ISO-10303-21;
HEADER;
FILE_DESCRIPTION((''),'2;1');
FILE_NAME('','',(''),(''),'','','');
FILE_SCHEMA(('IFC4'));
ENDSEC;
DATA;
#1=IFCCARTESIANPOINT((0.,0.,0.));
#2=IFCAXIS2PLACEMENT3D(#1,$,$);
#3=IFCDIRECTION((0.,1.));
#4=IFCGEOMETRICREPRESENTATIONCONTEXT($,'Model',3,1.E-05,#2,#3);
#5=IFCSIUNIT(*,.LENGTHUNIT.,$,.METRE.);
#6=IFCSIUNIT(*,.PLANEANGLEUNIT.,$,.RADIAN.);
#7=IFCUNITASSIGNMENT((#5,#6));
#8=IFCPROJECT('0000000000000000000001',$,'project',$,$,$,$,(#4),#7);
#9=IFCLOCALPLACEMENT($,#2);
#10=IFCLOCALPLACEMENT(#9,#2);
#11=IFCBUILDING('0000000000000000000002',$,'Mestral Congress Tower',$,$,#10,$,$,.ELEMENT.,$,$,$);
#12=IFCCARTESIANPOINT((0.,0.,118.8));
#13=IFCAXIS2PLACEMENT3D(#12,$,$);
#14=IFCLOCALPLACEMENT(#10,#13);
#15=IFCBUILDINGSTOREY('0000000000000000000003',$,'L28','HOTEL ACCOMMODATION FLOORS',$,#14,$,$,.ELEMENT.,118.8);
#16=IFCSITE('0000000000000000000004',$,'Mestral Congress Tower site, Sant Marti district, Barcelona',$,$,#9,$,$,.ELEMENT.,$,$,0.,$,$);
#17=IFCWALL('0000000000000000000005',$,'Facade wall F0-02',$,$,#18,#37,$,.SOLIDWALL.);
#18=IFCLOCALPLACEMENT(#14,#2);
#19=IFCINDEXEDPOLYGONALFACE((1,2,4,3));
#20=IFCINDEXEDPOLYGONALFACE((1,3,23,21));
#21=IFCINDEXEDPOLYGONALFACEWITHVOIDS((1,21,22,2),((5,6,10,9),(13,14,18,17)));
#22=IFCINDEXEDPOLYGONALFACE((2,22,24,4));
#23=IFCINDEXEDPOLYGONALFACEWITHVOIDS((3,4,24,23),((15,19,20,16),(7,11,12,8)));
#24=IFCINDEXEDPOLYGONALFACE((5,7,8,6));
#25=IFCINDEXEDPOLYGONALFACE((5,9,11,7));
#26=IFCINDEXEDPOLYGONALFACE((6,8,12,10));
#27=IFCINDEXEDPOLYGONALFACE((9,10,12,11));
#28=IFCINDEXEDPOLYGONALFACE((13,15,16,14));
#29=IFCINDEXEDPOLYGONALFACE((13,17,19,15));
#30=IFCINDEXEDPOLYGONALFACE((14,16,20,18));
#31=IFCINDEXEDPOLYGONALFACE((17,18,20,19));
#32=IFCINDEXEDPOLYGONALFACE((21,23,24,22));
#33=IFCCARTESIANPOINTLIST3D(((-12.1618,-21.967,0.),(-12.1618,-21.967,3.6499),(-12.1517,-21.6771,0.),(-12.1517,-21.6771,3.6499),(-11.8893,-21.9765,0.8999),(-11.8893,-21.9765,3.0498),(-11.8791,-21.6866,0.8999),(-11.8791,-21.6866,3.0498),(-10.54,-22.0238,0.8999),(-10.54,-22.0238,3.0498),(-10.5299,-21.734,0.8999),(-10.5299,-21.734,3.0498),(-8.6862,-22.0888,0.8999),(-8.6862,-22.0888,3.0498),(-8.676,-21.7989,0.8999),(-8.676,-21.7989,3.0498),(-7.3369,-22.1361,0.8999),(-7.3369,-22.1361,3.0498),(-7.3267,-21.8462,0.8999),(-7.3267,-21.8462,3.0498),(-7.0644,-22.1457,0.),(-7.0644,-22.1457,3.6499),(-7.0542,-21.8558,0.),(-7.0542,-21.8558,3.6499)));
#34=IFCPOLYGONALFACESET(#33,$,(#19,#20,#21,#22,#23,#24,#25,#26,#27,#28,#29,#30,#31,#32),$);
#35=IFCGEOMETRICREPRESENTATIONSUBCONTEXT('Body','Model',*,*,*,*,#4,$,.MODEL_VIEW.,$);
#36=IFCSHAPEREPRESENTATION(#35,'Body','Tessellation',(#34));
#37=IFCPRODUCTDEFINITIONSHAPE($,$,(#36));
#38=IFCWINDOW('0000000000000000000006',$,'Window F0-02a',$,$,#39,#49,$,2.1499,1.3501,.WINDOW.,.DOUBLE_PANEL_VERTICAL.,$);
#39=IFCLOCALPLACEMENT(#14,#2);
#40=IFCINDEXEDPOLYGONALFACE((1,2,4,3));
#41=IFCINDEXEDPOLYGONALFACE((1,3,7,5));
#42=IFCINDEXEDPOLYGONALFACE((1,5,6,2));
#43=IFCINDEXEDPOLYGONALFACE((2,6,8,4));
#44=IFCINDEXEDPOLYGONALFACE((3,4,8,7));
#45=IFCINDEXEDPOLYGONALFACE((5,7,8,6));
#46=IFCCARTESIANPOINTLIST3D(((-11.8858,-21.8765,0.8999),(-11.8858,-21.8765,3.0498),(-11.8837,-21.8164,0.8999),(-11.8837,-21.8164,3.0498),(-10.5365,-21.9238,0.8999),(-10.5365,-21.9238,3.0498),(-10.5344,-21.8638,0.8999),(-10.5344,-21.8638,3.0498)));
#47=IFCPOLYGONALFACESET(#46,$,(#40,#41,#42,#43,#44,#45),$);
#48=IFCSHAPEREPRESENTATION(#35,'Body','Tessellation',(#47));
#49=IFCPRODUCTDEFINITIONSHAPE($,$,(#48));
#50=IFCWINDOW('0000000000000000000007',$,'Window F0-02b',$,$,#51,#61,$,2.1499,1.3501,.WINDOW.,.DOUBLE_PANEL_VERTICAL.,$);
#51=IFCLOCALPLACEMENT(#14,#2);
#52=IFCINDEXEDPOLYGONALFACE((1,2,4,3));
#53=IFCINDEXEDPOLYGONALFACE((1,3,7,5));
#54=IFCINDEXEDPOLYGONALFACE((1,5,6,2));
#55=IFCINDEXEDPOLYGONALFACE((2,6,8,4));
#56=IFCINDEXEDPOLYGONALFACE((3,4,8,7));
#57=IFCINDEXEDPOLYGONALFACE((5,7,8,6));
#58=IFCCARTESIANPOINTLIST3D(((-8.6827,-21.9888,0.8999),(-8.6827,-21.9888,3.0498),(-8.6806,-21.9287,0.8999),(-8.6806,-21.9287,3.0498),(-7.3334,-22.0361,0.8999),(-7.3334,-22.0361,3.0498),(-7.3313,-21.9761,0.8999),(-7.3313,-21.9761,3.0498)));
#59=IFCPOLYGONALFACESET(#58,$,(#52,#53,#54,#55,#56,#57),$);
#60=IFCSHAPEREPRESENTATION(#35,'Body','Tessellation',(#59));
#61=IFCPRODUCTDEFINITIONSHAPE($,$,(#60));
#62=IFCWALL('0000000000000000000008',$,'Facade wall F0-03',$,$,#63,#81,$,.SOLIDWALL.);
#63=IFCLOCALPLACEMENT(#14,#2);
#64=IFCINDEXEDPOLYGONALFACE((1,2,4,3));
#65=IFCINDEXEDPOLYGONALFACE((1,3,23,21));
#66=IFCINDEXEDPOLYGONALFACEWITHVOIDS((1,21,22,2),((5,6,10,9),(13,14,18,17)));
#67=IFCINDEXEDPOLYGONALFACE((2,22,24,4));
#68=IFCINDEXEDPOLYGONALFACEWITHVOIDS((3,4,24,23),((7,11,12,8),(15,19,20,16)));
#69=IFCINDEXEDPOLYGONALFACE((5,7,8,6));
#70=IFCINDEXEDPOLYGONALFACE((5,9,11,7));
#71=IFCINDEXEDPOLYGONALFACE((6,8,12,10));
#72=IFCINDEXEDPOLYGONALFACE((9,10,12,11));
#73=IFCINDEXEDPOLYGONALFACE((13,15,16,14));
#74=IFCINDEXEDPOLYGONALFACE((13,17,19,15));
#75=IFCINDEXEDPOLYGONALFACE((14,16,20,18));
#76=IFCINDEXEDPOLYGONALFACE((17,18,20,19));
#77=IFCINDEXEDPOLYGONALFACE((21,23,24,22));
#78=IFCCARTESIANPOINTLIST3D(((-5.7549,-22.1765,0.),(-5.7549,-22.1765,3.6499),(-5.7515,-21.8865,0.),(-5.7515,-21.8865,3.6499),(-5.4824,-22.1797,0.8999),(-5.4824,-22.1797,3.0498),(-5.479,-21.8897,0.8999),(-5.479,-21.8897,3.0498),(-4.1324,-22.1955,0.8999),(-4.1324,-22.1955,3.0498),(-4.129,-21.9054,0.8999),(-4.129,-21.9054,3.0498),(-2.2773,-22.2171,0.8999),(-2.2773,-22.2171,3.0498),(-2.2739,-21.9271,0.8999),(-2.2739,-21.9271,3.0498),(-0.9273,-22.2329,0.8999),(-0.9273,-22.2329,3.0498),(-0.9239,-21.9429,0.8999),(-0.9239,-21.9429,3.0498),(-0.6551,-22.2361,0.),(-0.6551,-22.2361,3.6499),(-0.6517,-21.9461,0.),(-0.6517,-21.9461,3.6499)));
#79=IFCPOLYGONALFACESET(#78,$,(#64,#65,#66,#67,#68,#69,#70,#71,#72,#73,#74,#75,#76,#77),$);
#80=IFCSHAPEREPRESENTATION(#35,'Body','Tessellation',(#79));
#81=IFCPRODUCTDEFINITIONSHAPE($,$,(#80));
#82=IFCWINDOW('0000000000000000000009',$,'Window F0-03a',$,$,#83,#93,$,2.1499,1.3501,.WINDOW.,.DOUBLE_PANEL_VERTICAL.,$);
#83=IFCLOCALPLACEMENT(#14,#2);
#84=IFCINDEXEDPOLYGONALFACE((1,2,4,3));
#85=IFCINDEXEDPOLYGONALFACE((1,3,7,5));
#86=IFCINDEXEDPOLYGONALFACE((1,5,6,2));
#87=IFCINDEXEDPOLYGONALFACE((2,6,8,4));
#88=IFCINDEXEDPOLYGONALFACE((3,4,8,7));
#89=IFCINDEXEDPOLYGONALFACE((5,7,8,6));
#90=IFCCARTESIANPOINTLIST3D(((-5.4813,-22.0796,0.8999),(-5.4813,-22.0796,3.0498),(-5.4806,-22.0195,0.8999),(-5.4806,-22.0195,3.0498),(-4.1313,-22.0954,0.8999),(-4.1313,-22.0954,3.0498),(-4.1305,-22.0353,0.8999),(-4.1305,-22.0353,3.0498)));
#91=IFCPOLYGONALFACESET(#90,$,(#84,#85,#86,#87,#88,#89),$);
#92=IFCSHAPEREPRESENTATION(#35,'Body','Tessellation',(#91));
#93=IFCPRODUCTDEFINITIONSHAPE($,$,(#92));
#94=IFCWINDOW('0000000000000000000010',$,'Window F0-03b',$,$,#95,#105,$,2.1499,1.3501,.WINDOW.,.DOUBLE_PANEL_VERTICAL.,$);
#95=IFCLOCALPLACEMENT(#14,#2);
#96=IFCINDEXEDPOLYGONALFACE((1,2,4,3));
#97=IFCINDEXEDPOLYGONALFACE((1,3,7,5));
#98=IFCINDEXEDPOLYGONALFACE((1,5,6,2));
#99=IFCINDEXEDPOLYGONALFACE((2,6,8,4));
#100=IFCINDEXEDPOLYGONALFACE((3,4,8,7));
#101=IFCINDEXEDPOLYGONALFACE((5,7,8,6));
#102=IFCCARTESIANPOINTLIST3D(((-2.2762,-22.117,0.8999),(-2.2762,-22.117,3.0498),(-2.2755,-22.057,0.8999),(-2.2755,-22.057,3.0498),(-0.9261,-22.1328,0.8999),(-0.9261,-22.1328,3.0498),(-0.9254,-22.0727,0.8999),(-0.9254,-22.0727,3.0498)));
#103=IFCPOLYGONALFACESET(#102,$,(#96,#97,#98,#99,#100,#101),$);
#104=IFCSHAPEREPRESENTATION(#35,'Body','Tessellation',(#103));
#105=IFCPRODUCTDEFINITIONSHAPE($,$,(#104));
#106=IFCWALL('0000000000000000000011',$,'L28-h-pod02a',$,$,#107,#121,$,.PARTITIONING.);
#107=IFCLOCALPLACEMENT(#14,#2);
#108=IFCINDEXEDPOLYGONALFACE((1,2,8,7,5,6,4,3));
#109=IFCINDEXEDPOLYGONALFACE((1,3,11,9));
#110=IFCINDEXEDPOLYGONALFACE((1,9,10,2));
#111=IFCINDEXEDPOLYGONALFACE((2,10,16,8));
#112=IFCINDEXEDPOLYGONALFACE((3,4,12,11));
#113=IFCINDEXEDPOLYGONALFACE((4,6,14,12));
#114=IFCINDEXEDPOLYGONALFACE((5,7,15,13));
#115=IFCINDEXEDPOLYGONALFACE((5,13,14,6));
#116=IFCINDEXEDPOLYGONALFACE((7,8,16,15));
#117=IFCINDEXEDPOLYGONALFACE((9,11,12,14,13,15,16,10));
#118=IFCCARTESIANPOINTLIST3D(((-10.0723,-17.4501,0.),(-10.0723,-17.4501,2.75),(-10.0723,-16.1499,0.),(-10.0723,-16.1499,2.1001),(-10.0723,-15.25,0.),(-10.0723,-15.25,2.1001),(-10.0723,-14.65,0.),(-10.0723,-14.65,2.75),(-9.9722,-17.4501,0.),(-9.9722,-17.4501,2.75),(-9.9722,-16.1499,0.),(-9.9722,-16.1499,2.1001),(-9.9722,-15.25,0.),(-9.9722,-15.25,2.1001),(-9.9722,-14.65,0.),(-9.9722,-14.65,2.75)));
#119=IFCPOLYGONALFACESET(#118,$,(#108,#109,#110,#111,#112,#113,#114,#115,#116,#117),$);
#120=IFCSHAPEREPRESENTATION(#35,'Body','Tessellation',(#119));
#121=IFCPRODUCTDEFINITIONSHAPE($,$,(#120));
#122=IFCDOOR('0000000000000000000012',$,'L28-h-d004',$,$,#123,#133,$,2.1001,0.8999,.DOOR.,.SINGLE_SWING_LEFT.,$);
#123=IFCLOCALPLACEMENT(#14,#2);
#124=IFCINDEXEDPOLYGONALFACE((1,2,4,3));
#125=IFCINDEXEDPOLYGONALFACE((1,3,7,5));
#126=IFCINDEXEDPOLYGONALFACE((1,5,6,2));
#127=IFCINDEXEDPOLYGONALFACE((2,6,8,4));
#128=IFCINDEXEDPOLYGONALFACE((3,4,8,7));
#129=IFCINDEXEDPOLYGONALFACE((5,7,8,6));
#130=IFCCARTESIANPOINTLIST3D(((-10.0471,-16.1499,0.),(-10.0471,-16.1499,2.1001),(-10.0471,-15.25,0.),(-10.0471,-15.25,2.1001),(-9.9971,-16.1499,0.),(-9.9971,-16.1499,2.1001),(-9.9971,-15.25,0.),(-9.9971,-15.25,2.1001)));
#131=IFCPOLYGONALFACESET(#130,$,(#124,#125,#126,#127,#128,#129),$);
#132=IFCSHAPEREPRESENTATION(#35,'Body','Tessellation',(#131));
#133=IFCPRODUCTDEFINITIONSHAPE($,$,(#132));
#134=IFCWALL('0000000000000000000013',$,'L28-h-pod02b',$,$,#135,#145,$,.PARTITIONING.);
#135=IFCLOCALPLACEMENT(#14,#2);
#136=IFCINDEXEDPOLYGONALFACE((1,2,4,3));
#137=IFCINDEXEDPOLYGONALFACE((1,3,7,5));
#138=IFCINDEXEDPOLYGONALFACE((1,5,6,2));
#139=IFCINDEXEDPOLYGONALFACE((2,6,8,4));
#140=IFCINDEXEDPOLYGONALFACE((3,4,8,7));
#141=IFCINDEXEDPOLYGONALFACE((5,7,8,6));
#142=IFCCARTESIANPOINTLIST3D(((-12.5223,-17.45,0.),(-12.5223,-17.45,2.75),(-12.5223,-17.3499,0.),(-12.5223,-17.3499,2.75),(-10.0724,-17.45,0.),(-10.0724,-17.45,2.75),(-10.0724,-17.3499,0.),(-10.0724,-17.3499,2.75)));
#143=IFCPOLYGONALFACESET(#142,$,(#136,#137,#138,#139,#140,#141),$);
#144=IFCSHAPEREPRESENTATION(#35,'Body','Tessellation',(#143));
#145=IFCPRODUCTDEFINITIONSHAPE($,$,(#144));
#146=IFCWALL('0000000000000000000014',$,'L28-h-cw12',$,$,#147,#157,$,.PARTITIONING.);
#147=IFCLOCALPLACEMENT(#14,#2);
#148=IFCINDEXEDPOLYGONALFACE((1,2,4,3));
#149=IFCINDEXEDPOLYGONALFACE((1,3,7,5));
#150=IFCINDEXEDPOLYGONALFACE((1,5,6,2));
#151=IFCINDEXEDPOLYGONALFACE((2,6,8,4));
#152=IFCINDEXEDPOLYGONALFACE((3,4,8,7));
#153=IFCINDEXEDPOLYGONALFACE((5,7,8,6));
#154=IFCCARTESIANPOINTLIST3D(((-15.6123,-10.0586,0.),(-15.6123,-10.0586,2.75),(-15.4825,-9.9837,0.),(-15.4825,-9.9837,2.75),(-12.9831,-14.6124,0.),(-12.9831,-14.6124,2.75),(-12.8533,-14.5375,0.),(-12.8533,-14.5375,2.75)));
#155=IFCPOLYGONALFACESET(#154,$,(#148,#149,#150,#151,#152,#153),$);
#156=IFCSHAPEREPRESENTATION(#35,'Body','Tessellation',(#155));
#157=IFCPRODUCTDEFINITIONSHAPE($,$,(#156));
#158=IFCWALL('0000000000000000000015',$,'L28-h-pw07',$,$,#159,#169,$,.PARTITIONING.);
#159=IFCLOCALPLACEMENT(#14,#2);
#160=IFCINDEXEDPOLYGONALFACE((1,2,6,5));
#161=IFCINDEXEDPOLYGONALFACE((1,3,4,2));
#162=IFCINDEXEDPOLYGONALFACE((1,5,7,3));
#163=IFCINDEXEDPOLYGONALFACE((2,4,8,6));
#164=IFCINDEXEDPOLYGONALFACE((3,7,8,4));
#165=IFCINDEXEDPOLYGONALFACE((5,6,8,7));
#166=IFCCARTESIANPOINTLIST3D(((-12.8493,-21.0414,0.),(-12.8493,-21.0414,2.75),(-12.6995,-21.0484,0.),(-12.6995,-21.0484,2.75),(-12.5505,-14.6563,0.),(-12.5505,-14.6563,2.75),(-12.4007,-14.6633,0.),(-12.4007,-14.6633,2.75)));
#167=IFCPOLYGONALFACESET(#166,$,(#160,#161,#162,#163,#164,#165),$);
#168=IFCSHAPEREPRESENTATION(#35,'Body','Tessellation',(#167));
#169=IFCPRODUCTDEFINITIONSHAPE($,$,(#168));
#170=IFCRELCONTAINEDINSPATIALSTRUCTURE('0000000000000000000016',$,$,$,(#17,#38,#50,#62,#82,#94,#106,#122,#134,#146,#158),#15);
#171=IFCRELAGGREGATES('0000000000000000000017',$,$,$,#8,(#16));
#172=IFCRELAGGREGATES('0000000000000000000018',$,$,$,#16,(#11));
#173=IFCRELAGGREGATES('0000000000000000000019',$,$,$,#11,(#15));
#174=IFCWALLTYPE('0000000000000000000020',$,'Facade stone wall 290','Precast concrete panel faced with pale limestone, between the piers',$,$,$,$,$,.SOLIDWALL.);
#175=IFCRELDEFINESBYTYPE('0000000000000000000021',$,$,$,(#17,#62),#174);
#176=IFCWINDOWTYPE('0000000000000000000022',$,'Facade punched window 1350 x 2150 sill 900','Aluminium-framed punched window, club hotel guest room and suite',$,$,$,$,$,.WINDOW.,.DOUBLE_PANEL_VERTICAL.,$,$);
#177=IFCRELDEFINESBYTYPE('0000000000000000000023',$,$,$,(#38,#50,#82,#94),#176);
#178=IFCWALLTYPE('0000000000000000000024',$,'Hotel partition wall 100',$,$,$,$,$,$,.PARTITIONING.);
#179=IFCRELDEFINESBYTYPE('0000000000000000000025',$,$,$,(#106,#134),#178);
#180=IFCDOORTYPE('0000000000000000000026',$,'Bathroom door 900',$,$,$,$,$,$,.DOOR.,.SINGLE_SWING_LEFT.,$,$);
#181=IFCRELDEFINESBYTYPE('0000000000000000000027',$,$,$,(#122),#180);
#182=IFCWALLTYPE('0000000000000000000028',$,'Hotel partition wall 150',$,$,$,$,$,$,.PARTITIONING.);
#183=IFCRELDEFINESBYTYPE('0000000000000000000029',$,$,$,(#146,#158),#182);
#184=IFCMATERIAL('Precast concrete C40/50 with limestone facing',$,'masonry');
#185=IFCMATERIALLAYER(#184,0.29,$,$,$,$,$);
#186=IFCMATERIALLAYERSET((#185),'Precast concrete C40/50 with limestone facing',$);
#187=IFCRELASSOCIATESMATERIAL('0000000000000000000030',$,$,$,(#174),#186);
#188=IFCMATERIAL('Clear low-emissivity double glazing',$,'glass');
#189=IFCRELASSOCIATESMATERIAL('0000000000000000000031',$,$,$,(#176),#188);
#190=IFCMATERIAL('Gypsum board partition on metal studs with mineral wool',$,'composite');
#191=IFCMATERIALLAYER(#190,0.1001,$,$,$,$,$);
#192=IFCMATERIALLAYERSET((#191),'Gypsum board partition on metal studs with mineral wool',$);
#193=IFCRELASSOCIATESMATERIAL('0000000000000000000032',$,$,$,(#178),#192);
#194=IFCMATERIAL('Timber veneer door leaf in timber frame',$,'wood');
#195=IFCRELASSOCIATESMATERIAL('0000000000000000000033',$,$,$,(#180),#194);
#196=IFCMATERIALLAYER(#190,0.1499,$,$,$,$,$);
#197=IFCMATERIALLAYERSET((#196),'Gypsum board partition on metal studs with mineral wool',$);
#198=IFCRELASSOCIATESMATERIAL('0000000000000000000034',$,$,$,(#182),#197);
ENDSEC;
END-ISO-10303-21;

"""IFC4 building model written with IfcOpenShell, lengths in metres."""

from ifc_helpers import new_model, si_unit, direction, frame, frame_2d, origin, place, context, subcontext, project, spatial, rectangle, extrude, material, layer, layer_set, type_object, element, fill, save


model = new_model("IFC4")

# Units and contexts
model_context = context("Model", 3, precision=1e-05, world=origin(), true_north=direction((0.0, 1.0)))
body_context = subcontext(model_context, "Body", "Model", "MODEL_VIEW")
ifc_project = project(units=[si_unit("LENGTHUNIT", "METRE"), si_unit("PLANEANGLEUNIT", "RADIAN")], contexts=[model_context])

# Site, building, storey
site_placement = place(None, origin())
site = spatial("IfcSite", under=ifc_project, at=site_placement, Name="Mestral Congress Tower site, Sant Marti district, Barcelona", CompositionType="ELEMENT", RefElevation=0.0)
building_placement = place(site_placement, origin())
building = spatial("IfcBuilding", under=site, at=building_placement, Name="Mestral Congress Tower", CompositionType="ELEMENT")
storey_placement = place(building_placement, frame((0.0, 0.0, 118.8)))
storey = spatial("IfcBuildingStorey", under=building, at=storey_placement, Name="L28", Description="HOTEL ACCOMMODATION FLOORS", CompositionType="ELEMENT", Elevation=118.8)

# Walls, openings, windows
ifc_material_1 = material(Name="Precast concrete C40/50 with limestone facing", Category="masonry")
ifc_layer_1 = layer(ifc_material_1, 0.29)
ifc_layer_set_1 = layer_set([ifc_layer_1], Name="Precast concrete C40/50 with limestone facing")
wall_type_1 = type_object("IfcWallType", Name="Facade stone wall 290", Description="Precast concrete panel faced with pale limestone, between the piers", PredefinedType="SOLIDWALL", material=ifc_layer_set_1)
wall_1_placement = place(storey_placement, frame((-12.1567, -21.822, 0.0), z_axis=(0.0, 0.0, 1.0), x_axis=(0.999386, -0.035038, 0.0)))
wall_1 = element("IfcWall", 1, at=wall_1_placement, inside=storey, type_object=wall_type_1, Name="Facade wall F0-02", PredefinedType="SOLIDWALL", context=body_context, shape_type="SweptSolid", body=[
    extrude(rectangle(XDim=5.1006, YDim=0.29, at=frame_2d((2.5503, 0.0))), origin(), (0.0, 0.0, 1.0), 3.6499),
])
opening_1_placement = place(wall_1_placement, frame((0.2727, 0.0, 0.8999)))
opening_1 = element("IfcOpeningElement", 2, at=opening_1_placement, cuts=wall_1, PredefinedType="OPENING", context=body_context, shape_type="SweptSolid", body=[
    extrude(rectangle(XDim=1.3501, YDim=2.1499, at=frame_2d((0.675, 1.075))), frame((0.0, 0.155, 0.0), z_axis=(0.0, -1.0, 0.0), x_axis=(1.0, 0.0, 0.0)), (0.0, 0.0, 1.0), 0.3101),
])
opening_2_placement = place(wall_1_placement, frame((3.4778, 0.0, 0.8999)))
opening_2 = element("IfcOpeningElement", 3, at=opening_2_placement, cuts=wall_1, PredefinedType="OPENING", context=body_context, shape_type="SweptSolid", body=[
    extrude(rectangle(XDim=1.3501, YDim=2.1499, at=frame_2d((0.675, 1.075))), frame((0.0, 0.155, 0.0), z_axis=(0.0, -1.0, 0.0), x_axis=(1.0, 0.0, 0.0)), (0.0, 0.0, 1.0), 0.3101),
])
ifc_material_2 = material(Name="Clear low-emissivity double glazing", Category="glass")
window_type = type_object("IfcWindowType", Name="Facade punched window 1350 x 2150 sill 900", Description="Aluminium-framed punched window, club hotel guest room and suite", PartitioningType="DOUBLE_PANEL_VERTICAL", PredefinedType="WINDOW", material=ifc_material_2)
window_1_placement = place(opening_1_placement, origin())
window_1 = element("IfcWindow", 4, at=window_1_placement, inside=storey, type_object=window_type, Name="Window F0-02a", OverallHeight=2.1499, OverallWidth=1.3501, PartitioningType="DOUBLE_PANEL_VERTICAL", PredefinedType="WINDOW", context=body_context, shape_type="SweptSolid", body=[
    extrude(rectangle(XDim=1.3501, YDim=2.1499, at=frame_2d((0.675, 1.075))), frame((0.0, 0.0151, 0.0), z_axis=(0.0, -1.0, 0.0), x_axis=(1.0, 0.0, 0.0)), (0.0, 0.0, 1.0), 0.0601),
])
fill(opening_1, window_1)
window_2_placement = place(opening_2_placement, origin())
window_2 = element("IfcWindow", 5, at=window_2_placement, inside=storey, type_object=window_type, Name="Window F0-02b", OverallHeight=2.1499, OverallWidth=1.3501, PartitioningType="DOUBLE_PANEL_VERTICAL", PredefinedType="WINDOW", context=body_context, shape_type="SweptSolid", body=[
    extrude(rectangle(XDim=1.3501, YDim=2.1499, at=frame_2d((0.675, 1.075))), frame((0.0, 0.0151, 0.0), z_axis=(0.0, -1.0, 0.0), x_axis=(1.0, 0.0, 0.0)), (0.0, 0.0, 1.0), 0.0601),
])
fill(opening_2, window_2)
wall_2_placement = place(storey_placement, frame((-5.7532, -22.0315, 0.0), z_axis=(0.0, 0.0, 1.0), x_axis=(0.999932, -0.01168, 0.0)))
wall_2 = element("IfcWall", 6, at=wall_2_placement, inside=storey, type_object=wall_type_1, Name="Facade wall F0-03", PredefinedType="SOLIDWALL", context=body_context, shape_type="SweptSolid", body=[
    extrude(rectangle(XDim=5.1001, YDim=0.29, at=frame_2d((2.55, 0.0))), origin(), (0.0, 0.0, 1.0), 3.6499),
])
opening_3_placement = place(wall_2_placement, frame((0.2725, 0.0, 0.8999)))
opening_3 = element("IfcOpeningElement", 7, at=opening_3_placement, cuts=wall_2, PredefinedType="OPENING", context=body_context, shape_type="SweptSolid", body=[
    extrude(rectangle(XDim=1.3501, YDim=2.1499, at=frame_2d((0.675, 1.075))), frame((0.0, 0.155, 0.0), z_axis=(0.0, -1.0, 0.0), x_axis=(1.0, 0.0, 0.0)), (0.0, 0.0, 1.0), 0.3101),
])
opening_4_placement = place(wall_2_placement, frame((3.4778, 0.0, 0.8999)))
opening_4 = element("IfcOpeningElement", 8, at=opening_4_placement, cuts=wall_2, PredefinedType="OPENING", context=body_context, shape_type="SweptSolid", body=[
    extrude(rectangle(XDim=1.3501, YDim=2.1499, at=frame_2d((0.675, 1.075))), frame((0.0, 0.155, 0.0), z_axis=(0.0, -1.0, 0.0), x_axis=(1.0, 0.0, 0.0)), (0.0, 0.0, 1.0), 0.3101),
])
window_3_placement = place(opening_3_placement, origin())
window_3 = element("IfcWindow", 9, at=window_3_placement, inside=storey, type_object=window_type, Name="Window F0-03a", OverallHeight=2.1499, OverallWidth=1.3501, PartitioningType="DOUBLE_PANEL_VERTICAL", PredefinedType="WINDOW", context=body_context, shape_type="SweptSolid", body=[
    extrude(rectangle(XDim=1.3501, YDim=2.1499, at=frame_2d((0.675, 1.075))), frame((0.0, 0.0151, 0.0), z_axis=(0.0, -1.0, 0.0), x_axis=(1.0, 0.0, 0.0)), (0.0, 0.0, 1.0), 0.0601),
])
fill(opening_3, window_3)
window_4_placement = place(opening_4_placement, origin())
window_4 = element("IfcWindow", 10, at=window_4_placement, inside=storey, type_object=window_type, Name="Window F0-03b", OverallHeight=2.1499, OverallWidth=1.3501, PartitioningType="DOUBLE_PANEL_VERTICAL", PredefinedType="WINDOW", context=body_context, shape_type="SweptSolid", body=[
    extrude(rectangle(XDim=1.3501, YDim=2.1499, at=frame_2d((0.675, 1.075))), frame((0.0, 0.0151, 0.0), z_axis=(0.0, -1.0, 0.0), x_axis=(1.0, 0.0, 0.0)), (0.0, 0.0, 1.0), 0.0601),
])
fill(opening_4, window_4)

# Wall, opening, door
ifc_material_3 = material(Name="Gypsum board partition on metal studs with mineral wool", Category="composite")
ifc_layer_2 = layer(ifc_material_3, 0.1001)
ifc_layer_set_2 = layer_set([ifc_layer_2], Name="Gypsum board partition on metal studs with mineral wool")
wall_type_2 = type_object("IfcWallType", Name="Hotel partition wall 100", PredefinedType="PARTITIONING", material=ifc_layer_set_2)
wall_3_placement = place(storey_placement, frame((-10.0222, -17.45, 0.0), z_axis=(0.0, 0.0, 1.0), x_axis=(0.0, 1.0, 0.0)))
wall_3 = element("IfcWall", 11, at=wall_3_placement, inside=storey, type_object=wall_type_2, Name="L28-h-pod02a", PredefinedType="PARTITIONING", context=body_context, shape_type="SweptSolid", body=[
    extrude(rectangle(XDim=2.8, YDim=0.1001, at=frame_2d((1.3999, 0.0))), origin(), (0.0, 0.0, 1.0), 2.75),
])
opening_5_placement = place(wall_3_placement, frame((1.3, 0.0, 0.0)))
opening_5 = element("IfcOpeningElement", 12, at=opening_5_placement, cuts=wall_3, PredefinedType="OPENING", context=body_context, shape_type="SweptSolid", body=[
    extrude(rectangle(XDim=0.8999, YDim=2.1001, at=frame_2d((0.45, 1.05))), frame((0.0, 0.0601, 0.0), z_axis=(0.0, -1.0, 0.0), x_axis=(1.0, 0.0, 0.0)), (0.0, 0.0, 1.0), 0.1201),
])
ifc_material_4 = material(Name="Timber veneer door leaf in timber frame", Category="wood")
door_type = type_object("IfcDoorType", Name="Bathroom door 900", OperationType="SINGLE_SWING_LEFT", PredefinedType="DOOR", material=ifc_material_4)
door_placement = place(opening_5_placement, origin())
door = element("IfcDoor", 13, at=door_placement, inside=storey, type_object=door_type, Name="L28-h-d004", OperationType="SINGLE_SWING_LEFT", OverallHeight=2.1001, OverallWidth=0.8999, PredefinedType="DOOR", context=body_context, shape_type="SweptSolid", body=[
    extrude(rectangle(XDim=0.8999, YDim=2.1001, at=frame_2d((0.45, 1.05))), frame((0.0, 0.0249, 0.0), z_axis=(0.0, -1.0, 0.0), x_axis=(1.0, 0.0, 0.0)), (0.0, 0.0, 1.0), 0.05),
])
fill(opening_5, door)

# Walls
wall_4_placement = place(storey_placement, frame((-10.0723, -17.3999, 0.0), z_axis=(0.0, 0.0, 1.0), x_axis=(-1.0, 0.0, 0.0)))
element("IfcWall", 14, at=wall_4_placement, inside=storey, type_object=wall_type_2, Name="L28-h-pod02b", PredefinedType="PARTITIONING", context=body_context, shape_type="SweptSolid", body=[
    extrude(rectangle(XDim=2.45, YDim=0.1001, at=frame_2d((1.2251, 0.0))), origin(), (0.0, 0.0, 1.0), 2.75),
])
ifc_layer_3 = layer(ifc_material_3, 0.1499)
ifc_layer_set_3 = layer_set([ifc_layer_3], Name="Gypsum board partition on metal studs with mineral wool")
wall_type_3 = type_object("IfcWallType", Name="Hotel partition wall 150", PredefinedType="PARTITIONING", material=ifc_layer_set_3)
wall_5_placement = place(storey_placement, frame((-12.9182, -14.575, 0.0), z_axis=(0.0, 0.0, 1.0), x_axis=(-0.500009, 0.86602, 0.0)))
element("IfcWall", 15, at=wall_5_placement, inside=storey, type_object=wall_type_3, Name="L28-h-cw12", PredefinedType="PARTITIONING", context=body_context, shape_type="SweptSolid", body=[
    extrude(rectangle(XDim=5.2583, YDim=0.1499, at=frame_2d((2.6292, 0.0))), origin(), (0.0, 0.0, 1.0), 2.75),
])
wall_6_placement = place(storey_placement, frame((-12.7744, -21.0449, 0.0), z_axis=(0.0, 0.0, 1.0), x_axis=(0.04675, 0.998907, 0.0)))
element("IfcWall", 16, at=wall_6_placement, inside=storey, type_object=wall_type_3, Name="L28-h-pw07", PredefinedType="PARTITIONING", context=body_context, shape_type="SweptSolid", body=[
    extrude(rectangle(XDim=6.3921, YDim=0.1499, at=frame_2d((3.196, 0.0))), origin(), (0.0, 0.0, 1.0), 2.75),
])

save(model, "model.ifc")
